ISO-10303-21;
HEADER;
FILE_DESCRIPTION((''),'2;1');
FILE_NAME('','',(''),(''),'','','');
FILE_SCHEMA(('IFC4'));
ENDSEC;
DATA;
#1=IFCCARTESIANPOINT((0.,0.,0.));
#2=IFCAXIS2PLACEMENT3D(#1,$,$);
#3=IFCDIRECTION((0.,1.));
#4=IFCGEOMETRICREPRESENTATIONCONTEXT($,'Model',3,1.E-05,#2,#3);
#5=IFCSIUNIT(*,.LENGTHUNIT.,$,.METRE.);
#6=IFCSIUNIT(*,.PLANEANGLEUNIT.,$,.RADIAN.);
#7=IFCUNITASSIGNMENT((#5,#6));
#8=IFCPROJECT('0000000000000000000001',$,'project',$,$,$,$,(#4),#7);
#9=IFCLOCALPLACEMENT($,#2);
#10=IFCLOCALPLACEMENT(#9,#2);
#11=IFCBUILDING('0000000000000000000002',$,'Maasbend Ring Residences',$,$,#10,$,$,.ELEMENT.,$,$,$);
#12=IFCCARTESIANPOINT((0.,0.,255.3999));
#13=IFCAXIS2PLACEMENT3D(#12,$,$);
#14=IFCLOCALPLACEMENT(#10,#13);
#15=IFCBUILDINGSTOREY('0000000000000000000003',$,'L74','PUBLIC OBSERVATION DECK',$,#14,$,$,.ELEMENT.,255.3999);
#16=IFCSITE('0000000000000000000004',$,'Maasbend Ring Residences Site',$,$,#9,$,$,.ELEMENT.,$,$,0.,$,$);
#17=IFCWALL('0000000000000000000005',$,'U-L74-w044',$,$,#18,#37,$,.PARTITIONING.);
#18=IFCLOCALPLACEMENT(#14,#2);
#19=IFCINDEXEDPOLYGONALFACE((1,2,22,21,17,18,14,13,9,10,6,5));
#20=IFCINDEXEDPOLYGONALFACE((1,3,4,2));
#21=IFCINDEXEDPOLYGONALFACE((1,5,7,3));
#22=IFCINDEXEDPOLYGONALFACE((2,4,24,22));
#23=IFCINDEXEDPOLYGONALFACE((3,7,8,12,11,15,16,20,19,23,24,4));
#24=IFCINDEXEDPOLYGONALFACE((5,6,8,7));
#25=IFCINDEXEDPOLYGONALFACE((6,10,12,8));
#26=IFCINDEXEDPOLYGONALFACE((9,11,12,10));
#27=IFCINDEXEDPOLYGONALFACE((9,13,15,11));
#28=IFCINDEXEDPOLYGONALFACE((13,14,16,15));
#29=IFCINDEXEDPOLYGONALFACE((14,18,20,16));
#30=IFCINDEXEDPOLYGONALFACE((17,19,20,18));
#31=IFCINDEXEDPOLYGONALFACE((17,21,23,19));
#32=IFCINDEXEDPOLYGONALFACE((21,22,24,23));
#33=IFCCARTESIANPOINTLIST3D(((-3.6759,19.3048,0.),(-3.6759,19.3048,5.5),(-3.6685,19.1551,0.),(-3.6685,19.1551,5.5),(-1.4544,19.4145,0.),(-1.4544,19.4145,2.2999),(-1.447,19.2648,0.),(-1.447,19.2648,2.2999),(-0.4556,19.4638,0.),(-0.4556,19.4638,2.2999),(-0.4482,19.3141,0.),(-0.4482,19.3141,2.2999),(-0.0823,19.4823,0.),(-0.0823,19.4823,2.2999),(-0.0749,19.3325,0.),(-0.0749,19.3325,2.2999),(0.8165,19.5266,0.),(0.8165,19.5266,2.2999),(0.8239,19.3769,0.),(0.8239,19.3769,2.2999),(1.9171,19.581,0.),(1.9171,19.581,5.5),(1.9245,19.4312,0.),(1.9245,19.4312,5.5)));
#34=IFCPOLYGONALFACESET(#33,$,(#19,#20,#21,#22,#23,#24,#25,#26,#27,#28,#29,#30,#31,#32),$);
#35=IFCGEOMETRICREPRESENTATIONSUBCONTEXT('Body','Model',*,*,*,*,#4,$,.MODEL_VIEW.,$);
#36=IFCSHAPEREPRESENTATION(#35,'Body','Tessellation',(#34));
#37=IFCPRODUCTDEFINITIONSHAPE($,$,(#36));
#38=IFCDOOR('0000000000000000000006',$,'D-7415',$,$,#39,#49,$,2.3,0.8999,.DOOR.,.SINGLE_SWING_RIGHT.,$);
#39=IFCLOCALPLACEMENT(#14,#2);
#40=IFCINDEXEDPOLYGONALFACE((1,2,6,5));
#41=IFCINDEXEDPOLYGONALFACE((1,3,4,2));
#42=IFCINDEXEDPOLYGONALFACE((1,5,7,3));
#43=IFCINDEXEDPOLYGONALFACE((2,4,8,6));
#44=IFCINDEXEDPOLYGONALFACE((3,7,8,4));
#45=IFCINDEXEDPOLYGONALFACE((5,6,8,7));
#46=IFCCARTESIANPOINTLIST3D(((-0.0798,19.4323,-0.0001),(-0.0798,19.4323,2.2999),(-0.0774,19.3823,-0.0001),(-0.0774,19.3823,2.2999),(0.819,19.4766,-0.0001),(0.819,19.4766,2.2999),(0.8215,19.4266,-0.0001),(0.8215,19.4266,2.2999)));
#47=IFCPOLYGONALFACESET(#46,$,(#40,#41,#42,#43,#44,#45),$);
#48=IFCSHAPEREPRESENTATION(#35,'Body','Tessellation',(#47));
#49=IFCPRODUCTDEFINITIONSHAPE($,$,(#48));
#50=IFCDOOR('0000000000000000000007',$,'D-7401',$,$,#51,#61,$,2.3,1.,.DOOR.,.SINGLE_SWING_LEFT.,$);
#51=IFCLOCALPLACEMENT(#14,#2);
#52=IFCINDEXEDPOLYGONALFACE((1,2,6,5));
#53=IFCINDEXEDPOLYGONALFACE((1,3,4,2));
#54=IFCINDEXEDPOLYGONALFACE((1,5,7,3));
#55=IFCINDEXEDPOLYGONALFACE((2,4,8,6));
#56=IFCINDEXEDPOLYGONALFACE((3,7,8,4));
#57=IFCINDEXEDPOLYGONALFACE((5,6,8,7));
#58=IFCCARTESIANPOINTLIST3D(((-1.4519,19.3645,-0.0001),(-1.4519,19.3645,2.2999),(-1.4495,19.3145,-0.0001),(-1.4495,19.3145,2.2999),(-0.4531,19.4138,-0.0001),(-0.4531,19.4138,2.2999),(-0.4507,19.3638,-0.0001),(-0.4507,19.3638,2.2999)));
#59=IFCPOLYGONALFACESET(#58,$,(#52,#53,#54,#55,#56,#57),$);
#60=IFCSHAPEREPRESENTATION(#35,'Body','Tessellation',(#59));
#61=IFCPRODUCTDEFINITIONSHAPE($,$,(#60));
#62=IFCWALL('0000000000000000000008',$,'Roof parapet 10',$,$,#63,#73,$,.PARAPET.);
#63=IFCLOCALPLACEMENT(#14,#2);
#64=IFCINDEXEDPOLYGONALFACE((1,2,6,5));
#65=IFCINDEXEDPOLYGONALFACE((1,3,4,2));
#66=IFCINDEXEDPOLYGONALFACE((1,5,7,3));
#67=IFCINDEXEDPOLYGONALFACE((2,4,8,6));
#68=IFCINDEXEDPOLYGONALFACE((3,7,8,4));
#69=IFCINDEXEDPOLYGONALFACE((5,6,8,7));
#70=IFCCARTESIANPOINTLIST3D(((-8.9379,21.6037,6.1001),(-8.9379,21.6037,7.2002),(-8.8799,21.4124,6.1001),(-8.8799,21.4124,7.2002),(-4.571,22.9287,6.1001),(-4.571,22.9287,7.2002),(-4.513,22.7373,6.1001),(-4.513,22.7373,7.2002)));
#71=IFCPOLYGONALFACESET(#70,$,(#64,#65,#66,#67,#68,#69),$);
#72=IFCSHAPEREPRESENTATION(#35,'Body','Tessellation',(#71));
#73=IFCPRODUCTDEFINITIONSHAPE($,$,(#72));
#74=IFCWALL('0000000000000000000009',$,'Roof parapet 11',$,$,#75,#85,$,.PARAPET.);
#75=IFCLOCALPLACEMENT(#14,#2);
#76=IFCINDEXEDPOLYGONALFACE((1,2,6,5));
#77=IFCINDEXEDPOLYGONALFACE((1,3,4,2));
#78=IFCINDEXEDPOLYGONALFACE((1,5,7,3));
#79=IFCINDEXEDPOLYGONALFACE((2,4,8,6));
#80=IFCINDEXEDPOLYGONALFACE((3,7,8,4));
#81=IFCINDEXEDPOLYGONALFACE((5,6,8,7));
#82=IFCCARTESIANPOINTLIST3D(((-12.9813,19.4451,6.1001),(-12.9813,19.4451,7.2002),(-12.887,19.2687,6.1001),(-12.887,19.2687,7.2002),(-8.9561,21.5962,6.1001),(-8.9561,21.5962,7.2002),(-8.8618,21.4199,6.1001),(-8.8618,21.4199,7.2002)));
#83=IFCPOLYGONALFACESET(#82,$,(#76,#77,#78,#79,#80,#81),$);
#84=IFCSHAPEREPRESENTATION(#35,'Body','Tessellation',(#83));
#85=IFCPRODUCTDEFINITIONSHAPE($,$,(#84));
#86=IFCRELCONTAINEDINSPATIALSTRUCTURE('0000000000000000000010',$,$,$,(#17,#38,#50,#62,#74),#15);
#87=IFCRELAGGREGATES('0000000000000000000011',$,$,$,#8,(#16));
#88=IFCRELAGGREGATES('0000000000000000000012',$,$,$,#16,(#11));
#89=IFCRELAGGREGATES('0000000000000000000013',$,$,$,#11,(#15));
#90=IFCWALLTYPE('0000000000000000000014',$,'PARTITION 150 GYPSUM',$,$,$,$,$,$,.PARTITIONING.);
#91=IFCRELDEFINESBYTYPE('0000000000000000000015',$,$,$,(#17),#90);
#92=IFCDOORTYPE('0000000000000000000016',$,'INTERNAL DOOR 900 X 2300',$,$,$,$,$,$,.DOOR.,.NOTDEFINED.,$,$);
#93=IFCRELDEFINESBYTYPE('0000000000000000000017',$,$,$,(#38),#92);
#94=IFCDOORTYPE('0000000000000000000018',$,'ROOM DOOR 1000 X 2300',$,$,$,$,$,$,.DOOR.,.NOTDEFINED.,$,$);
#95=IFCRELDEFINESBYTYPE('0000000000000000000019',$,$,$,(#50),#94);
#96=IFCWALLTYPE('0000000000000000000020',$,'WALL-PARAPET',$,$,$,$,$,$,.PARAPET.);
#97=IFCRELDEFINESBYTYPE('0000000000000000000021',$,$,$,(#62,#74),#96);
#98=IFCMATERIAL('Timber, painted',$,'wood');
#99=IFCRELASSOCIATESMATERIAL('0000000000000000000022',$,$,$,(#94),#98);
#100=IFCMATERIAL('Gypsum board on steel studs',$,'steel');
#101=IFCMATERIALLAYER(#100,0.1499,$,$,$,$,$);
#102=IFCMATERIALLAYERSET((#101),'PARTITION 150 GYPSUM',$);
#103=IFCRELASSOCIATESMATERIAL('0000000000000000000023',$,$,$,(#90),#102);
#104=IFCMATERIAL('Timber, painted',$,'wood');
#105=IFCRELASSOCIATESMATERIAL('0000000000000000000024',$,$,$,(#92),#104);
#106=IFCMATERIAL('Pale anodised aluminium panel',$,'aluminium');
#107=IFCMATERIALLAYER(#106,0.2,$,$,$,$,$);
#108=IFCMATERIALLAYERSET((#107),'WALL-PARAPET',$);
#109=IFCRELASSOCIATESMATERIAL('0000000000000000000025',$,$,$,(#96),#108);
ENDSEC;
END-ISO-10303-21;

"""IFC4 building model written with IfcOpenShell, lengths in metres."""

from ifc_helpers import new_model, si_unit, direction, frame, frame_2d, origin, place, context, subcontext, project, spatial, rectangle, extrude, material, layer, layer_set, type_object, element, fill, save


model = new_model("IFC4")

# Units and contexts
model_context = context("Model", 3, precision=1e-05, world=origin(), true_north=direction((0.0, 1.0)))
body_context = subcontext(model_context, "Body", "Model", "MODEL_VIEW")
ifc_project = project(units=[si_unit("LENGTHUNIT", "METRE"), si_unit("PLANEANGLEUNIT", "RADIAN")], contexts=[model_context])

# Site, building, storey
site_placement = place(None, origin())
site = spatial("IfcSite", under=ifc_project, at=site_placement, Name="Maasbend Ring Residences Site", CompositionType="ELEMENT", RefElevation=0.0)
building_placement = place(site_placement, origin())
building = spatial("IfcBuilding", under=site, at=building_placement, Name="Maasbend Ring Residences", CompositionType="ELEMENT")
storey_placement = place(building_placement, frame((0.0, 0.0, 255.3999)))
storey = spatial("IfcBuildingStorey", under=building, at=storey_placement, Name="L74", Description="PUBLIC OBSERVATION DECK", CompositionType="ELEMENT", Elevation=255.3999)

# Shared definitions
ifc_material_1 = material(Name="Timber, painted", Category="wood")
door_type_1 = type_object("IfcDoorType", Name="ROOM DOOR 1000 X 2300", OperationType="NOTDEFINED", PredefinedType="DOOR", material=ifc_material_1)

# Wall, openings, doors
ifc_material_2 = material(Name="Gypsum board on steel studs", Category="steel")
ifc_layer_1 = layer(ifc_material_2, 0.1499)
ifc_layer_set_1 = layer_set([ifc_layer_1], Name="PARTITION 150 GYPSUM")
wall_type_1 = type_object("IfcWallType", Name="PARTITION 150 GYPSUM", PredefinedType="PARTITIONING", material=ifc_layer_set_1)
wall_1_placement = place(storey_placement, frame((-3.6721, 19.23, 0.0), z_axis=(0.0, 0.0, 1.0), x_axis=(0.998784, 0.049309, 0.0)))
wall_1 = element("IfcWall", 1, at=wall_1_placement, inside=storey, type_object=wall_type_1, Name="U-L74-w044", PredefinedType="PARTITIONING", context=body_context, shape_type="SweptSolid", body=[
    extrude(rectangle(XDim=5.5999, YDim=0.1499, at=frame_2d((2.7998, 0.0))), origin(), (0.0, 0.0, 1.0), 5.5),
])
opening_1_placement = place(wall_1_placement, frame((2.2241, 0.0, 0.0)))
opening_1 = element("IfcOpeningElement", 2, at=opening_1_placement, cuts=wall_1, PredefinedType="OPENING", context=body_context, shape_type="SweptSolid", body=[
    extrude(rectangle(XDim=1.0, YDim=2.3, at=frame_2d((0.5, 1.1499))), frame((0.0, 0.085, 0.0), z_axis=(0.0, -1.0, 0.0), x_axis=(1.0, 0.0, 0.0)), (0.0, 0.0, 1.0), 0.1699),
])
opening_2_placement = place(wall_1_placement, frame((3.5979, 0.0, 0.0)))
opening_2 = element("IfcOpeningElement", 3, at=opening_2_placement, cuts=wall_1, PredefinedType="OPENING", context=body_context, shape_type="SweptSolid", body=[
    extrude(rectangle(XDim=0.8999, YDim=2.3, at=frame_2d((0.45, 1.1499))), frame((0.0, 0.085, 0.0), z_axis=(0.0, -1.0, 0.0), x_axis=(1.0, 0.0, 0.0)), (0.0, 0.0, 1.0), 0.1699),
])
ifc_material_3 = material(Name="Timber, painted", Category="wood")
door_type_2 = type_object("IfcDoorType", Name="INTERNAL DOOR 900 X 2300", OperationType="NOTDEFINED", PredefinedType="DOOR", material=ifc_material_3)
door_1_placement = place(opening_2_placement, origin())
door_1 = element("IfcDoor", 4, at=door_1_placement, inside=storey, type_object=door_type_2, Name="D-7415", OperationType="SINGLE_SWING_RIGHT", OverallHeight=2.3, OverallWidth=0.8999, PredefinedType="DOOR", context=body_context, shape_type="SweptSolid", body=[
    extrude(rectangle(XDim=0.8999, YDim=2.3, at=frame_2d((0.45, 1.1499))), frame((0.0, 0.0249, 0.0), z_axis=(0.0, -1.0, 0.0), x_axis=(1.0, 0.0, 0.0)), (0.0, 0.0, 1.0), 0.05),
])
fill(opening_2, door_1)
door_2_placement = place(opening_1_placement, origin())
door_2 = element("IfcDoor", 5, at=door_2_placement, inside=storey, type_object=door_type_1, Name="D-7401", OperationType="SINGLE_SWING_LEFT", OverallHeight=2.3, OverallWidth=1.0, PredefinedType="DOOR", context=body_context, shape_type="SweptSolid", body=[
    extrude(rectangle(XDim=1.0, YDim=2.3, at=frame_2d((0.5, 1.1499))), frame((0.0, 0.0249, 0.0), z_axis=(0.0, -1.0, 0.0), x_axis=(1.0, 0.0, 0.0)), (0.0, 0.0, 1.0), 0.05),
])
fill(opening_1, door_2)

# Walls
ifc_material_4 = material(Name="Pale anodised aluminium panel", Category="aluminium")
ifc_layer_2 = layer(ifc_material_4, 0.2)
ifc_layer_set_2 = layer_set([ifc_layer_2], Name="WALL-PARAPET")
wall_type_2 = type_object("IfcWallType", Name="WALL-PARAPET", PredefinedType="PARAPET", material=ifc_layer_set_2)
wall_2_placement = place(storey_placement, frame((-4.542, 22.833, 6.1001), z_axis=(0.0, 0.0, 1.0), x_axis=(-0.956925, -0.290336, 0.0)))
element("IfcWall", 6, at=wall_2_placement, inside=storey, type_object=wall_type_2, Name="Roof parapet 10", PredefinedType="PARAPET", context=body_context, shape_type="SweptSolid", body=[
    extrude(rectangle(XDim=4.5635, YDim=0.2, at=frame_2d((2.2817, 0.0))), origin(), (0.0, 0.0, 1.0), 1.1001),
])
wall_3_placement = place(storey_placement, frame((-8.9089, 21.5081, 6.1001), z_axis=(0.0, 0.0, 1.0), x_axis=(-0.881954, -0.471335, 0.0)))
element("IfcWall", 7, at=wall_3_placement, inside=storey, type_object=wall_type_2, Name="Roof parapet 11", PredefinedType="PARAPET", context=body_context, shape_type="SweptSolid", body=[
    extrude(rectangle(XDim=4.564, YDim=0.2, at=frame_2d((2.282, 0.0))), origin(), (0.0, 0.0, 1.0), 1.1001),
])

save(model, "model.ifc")
